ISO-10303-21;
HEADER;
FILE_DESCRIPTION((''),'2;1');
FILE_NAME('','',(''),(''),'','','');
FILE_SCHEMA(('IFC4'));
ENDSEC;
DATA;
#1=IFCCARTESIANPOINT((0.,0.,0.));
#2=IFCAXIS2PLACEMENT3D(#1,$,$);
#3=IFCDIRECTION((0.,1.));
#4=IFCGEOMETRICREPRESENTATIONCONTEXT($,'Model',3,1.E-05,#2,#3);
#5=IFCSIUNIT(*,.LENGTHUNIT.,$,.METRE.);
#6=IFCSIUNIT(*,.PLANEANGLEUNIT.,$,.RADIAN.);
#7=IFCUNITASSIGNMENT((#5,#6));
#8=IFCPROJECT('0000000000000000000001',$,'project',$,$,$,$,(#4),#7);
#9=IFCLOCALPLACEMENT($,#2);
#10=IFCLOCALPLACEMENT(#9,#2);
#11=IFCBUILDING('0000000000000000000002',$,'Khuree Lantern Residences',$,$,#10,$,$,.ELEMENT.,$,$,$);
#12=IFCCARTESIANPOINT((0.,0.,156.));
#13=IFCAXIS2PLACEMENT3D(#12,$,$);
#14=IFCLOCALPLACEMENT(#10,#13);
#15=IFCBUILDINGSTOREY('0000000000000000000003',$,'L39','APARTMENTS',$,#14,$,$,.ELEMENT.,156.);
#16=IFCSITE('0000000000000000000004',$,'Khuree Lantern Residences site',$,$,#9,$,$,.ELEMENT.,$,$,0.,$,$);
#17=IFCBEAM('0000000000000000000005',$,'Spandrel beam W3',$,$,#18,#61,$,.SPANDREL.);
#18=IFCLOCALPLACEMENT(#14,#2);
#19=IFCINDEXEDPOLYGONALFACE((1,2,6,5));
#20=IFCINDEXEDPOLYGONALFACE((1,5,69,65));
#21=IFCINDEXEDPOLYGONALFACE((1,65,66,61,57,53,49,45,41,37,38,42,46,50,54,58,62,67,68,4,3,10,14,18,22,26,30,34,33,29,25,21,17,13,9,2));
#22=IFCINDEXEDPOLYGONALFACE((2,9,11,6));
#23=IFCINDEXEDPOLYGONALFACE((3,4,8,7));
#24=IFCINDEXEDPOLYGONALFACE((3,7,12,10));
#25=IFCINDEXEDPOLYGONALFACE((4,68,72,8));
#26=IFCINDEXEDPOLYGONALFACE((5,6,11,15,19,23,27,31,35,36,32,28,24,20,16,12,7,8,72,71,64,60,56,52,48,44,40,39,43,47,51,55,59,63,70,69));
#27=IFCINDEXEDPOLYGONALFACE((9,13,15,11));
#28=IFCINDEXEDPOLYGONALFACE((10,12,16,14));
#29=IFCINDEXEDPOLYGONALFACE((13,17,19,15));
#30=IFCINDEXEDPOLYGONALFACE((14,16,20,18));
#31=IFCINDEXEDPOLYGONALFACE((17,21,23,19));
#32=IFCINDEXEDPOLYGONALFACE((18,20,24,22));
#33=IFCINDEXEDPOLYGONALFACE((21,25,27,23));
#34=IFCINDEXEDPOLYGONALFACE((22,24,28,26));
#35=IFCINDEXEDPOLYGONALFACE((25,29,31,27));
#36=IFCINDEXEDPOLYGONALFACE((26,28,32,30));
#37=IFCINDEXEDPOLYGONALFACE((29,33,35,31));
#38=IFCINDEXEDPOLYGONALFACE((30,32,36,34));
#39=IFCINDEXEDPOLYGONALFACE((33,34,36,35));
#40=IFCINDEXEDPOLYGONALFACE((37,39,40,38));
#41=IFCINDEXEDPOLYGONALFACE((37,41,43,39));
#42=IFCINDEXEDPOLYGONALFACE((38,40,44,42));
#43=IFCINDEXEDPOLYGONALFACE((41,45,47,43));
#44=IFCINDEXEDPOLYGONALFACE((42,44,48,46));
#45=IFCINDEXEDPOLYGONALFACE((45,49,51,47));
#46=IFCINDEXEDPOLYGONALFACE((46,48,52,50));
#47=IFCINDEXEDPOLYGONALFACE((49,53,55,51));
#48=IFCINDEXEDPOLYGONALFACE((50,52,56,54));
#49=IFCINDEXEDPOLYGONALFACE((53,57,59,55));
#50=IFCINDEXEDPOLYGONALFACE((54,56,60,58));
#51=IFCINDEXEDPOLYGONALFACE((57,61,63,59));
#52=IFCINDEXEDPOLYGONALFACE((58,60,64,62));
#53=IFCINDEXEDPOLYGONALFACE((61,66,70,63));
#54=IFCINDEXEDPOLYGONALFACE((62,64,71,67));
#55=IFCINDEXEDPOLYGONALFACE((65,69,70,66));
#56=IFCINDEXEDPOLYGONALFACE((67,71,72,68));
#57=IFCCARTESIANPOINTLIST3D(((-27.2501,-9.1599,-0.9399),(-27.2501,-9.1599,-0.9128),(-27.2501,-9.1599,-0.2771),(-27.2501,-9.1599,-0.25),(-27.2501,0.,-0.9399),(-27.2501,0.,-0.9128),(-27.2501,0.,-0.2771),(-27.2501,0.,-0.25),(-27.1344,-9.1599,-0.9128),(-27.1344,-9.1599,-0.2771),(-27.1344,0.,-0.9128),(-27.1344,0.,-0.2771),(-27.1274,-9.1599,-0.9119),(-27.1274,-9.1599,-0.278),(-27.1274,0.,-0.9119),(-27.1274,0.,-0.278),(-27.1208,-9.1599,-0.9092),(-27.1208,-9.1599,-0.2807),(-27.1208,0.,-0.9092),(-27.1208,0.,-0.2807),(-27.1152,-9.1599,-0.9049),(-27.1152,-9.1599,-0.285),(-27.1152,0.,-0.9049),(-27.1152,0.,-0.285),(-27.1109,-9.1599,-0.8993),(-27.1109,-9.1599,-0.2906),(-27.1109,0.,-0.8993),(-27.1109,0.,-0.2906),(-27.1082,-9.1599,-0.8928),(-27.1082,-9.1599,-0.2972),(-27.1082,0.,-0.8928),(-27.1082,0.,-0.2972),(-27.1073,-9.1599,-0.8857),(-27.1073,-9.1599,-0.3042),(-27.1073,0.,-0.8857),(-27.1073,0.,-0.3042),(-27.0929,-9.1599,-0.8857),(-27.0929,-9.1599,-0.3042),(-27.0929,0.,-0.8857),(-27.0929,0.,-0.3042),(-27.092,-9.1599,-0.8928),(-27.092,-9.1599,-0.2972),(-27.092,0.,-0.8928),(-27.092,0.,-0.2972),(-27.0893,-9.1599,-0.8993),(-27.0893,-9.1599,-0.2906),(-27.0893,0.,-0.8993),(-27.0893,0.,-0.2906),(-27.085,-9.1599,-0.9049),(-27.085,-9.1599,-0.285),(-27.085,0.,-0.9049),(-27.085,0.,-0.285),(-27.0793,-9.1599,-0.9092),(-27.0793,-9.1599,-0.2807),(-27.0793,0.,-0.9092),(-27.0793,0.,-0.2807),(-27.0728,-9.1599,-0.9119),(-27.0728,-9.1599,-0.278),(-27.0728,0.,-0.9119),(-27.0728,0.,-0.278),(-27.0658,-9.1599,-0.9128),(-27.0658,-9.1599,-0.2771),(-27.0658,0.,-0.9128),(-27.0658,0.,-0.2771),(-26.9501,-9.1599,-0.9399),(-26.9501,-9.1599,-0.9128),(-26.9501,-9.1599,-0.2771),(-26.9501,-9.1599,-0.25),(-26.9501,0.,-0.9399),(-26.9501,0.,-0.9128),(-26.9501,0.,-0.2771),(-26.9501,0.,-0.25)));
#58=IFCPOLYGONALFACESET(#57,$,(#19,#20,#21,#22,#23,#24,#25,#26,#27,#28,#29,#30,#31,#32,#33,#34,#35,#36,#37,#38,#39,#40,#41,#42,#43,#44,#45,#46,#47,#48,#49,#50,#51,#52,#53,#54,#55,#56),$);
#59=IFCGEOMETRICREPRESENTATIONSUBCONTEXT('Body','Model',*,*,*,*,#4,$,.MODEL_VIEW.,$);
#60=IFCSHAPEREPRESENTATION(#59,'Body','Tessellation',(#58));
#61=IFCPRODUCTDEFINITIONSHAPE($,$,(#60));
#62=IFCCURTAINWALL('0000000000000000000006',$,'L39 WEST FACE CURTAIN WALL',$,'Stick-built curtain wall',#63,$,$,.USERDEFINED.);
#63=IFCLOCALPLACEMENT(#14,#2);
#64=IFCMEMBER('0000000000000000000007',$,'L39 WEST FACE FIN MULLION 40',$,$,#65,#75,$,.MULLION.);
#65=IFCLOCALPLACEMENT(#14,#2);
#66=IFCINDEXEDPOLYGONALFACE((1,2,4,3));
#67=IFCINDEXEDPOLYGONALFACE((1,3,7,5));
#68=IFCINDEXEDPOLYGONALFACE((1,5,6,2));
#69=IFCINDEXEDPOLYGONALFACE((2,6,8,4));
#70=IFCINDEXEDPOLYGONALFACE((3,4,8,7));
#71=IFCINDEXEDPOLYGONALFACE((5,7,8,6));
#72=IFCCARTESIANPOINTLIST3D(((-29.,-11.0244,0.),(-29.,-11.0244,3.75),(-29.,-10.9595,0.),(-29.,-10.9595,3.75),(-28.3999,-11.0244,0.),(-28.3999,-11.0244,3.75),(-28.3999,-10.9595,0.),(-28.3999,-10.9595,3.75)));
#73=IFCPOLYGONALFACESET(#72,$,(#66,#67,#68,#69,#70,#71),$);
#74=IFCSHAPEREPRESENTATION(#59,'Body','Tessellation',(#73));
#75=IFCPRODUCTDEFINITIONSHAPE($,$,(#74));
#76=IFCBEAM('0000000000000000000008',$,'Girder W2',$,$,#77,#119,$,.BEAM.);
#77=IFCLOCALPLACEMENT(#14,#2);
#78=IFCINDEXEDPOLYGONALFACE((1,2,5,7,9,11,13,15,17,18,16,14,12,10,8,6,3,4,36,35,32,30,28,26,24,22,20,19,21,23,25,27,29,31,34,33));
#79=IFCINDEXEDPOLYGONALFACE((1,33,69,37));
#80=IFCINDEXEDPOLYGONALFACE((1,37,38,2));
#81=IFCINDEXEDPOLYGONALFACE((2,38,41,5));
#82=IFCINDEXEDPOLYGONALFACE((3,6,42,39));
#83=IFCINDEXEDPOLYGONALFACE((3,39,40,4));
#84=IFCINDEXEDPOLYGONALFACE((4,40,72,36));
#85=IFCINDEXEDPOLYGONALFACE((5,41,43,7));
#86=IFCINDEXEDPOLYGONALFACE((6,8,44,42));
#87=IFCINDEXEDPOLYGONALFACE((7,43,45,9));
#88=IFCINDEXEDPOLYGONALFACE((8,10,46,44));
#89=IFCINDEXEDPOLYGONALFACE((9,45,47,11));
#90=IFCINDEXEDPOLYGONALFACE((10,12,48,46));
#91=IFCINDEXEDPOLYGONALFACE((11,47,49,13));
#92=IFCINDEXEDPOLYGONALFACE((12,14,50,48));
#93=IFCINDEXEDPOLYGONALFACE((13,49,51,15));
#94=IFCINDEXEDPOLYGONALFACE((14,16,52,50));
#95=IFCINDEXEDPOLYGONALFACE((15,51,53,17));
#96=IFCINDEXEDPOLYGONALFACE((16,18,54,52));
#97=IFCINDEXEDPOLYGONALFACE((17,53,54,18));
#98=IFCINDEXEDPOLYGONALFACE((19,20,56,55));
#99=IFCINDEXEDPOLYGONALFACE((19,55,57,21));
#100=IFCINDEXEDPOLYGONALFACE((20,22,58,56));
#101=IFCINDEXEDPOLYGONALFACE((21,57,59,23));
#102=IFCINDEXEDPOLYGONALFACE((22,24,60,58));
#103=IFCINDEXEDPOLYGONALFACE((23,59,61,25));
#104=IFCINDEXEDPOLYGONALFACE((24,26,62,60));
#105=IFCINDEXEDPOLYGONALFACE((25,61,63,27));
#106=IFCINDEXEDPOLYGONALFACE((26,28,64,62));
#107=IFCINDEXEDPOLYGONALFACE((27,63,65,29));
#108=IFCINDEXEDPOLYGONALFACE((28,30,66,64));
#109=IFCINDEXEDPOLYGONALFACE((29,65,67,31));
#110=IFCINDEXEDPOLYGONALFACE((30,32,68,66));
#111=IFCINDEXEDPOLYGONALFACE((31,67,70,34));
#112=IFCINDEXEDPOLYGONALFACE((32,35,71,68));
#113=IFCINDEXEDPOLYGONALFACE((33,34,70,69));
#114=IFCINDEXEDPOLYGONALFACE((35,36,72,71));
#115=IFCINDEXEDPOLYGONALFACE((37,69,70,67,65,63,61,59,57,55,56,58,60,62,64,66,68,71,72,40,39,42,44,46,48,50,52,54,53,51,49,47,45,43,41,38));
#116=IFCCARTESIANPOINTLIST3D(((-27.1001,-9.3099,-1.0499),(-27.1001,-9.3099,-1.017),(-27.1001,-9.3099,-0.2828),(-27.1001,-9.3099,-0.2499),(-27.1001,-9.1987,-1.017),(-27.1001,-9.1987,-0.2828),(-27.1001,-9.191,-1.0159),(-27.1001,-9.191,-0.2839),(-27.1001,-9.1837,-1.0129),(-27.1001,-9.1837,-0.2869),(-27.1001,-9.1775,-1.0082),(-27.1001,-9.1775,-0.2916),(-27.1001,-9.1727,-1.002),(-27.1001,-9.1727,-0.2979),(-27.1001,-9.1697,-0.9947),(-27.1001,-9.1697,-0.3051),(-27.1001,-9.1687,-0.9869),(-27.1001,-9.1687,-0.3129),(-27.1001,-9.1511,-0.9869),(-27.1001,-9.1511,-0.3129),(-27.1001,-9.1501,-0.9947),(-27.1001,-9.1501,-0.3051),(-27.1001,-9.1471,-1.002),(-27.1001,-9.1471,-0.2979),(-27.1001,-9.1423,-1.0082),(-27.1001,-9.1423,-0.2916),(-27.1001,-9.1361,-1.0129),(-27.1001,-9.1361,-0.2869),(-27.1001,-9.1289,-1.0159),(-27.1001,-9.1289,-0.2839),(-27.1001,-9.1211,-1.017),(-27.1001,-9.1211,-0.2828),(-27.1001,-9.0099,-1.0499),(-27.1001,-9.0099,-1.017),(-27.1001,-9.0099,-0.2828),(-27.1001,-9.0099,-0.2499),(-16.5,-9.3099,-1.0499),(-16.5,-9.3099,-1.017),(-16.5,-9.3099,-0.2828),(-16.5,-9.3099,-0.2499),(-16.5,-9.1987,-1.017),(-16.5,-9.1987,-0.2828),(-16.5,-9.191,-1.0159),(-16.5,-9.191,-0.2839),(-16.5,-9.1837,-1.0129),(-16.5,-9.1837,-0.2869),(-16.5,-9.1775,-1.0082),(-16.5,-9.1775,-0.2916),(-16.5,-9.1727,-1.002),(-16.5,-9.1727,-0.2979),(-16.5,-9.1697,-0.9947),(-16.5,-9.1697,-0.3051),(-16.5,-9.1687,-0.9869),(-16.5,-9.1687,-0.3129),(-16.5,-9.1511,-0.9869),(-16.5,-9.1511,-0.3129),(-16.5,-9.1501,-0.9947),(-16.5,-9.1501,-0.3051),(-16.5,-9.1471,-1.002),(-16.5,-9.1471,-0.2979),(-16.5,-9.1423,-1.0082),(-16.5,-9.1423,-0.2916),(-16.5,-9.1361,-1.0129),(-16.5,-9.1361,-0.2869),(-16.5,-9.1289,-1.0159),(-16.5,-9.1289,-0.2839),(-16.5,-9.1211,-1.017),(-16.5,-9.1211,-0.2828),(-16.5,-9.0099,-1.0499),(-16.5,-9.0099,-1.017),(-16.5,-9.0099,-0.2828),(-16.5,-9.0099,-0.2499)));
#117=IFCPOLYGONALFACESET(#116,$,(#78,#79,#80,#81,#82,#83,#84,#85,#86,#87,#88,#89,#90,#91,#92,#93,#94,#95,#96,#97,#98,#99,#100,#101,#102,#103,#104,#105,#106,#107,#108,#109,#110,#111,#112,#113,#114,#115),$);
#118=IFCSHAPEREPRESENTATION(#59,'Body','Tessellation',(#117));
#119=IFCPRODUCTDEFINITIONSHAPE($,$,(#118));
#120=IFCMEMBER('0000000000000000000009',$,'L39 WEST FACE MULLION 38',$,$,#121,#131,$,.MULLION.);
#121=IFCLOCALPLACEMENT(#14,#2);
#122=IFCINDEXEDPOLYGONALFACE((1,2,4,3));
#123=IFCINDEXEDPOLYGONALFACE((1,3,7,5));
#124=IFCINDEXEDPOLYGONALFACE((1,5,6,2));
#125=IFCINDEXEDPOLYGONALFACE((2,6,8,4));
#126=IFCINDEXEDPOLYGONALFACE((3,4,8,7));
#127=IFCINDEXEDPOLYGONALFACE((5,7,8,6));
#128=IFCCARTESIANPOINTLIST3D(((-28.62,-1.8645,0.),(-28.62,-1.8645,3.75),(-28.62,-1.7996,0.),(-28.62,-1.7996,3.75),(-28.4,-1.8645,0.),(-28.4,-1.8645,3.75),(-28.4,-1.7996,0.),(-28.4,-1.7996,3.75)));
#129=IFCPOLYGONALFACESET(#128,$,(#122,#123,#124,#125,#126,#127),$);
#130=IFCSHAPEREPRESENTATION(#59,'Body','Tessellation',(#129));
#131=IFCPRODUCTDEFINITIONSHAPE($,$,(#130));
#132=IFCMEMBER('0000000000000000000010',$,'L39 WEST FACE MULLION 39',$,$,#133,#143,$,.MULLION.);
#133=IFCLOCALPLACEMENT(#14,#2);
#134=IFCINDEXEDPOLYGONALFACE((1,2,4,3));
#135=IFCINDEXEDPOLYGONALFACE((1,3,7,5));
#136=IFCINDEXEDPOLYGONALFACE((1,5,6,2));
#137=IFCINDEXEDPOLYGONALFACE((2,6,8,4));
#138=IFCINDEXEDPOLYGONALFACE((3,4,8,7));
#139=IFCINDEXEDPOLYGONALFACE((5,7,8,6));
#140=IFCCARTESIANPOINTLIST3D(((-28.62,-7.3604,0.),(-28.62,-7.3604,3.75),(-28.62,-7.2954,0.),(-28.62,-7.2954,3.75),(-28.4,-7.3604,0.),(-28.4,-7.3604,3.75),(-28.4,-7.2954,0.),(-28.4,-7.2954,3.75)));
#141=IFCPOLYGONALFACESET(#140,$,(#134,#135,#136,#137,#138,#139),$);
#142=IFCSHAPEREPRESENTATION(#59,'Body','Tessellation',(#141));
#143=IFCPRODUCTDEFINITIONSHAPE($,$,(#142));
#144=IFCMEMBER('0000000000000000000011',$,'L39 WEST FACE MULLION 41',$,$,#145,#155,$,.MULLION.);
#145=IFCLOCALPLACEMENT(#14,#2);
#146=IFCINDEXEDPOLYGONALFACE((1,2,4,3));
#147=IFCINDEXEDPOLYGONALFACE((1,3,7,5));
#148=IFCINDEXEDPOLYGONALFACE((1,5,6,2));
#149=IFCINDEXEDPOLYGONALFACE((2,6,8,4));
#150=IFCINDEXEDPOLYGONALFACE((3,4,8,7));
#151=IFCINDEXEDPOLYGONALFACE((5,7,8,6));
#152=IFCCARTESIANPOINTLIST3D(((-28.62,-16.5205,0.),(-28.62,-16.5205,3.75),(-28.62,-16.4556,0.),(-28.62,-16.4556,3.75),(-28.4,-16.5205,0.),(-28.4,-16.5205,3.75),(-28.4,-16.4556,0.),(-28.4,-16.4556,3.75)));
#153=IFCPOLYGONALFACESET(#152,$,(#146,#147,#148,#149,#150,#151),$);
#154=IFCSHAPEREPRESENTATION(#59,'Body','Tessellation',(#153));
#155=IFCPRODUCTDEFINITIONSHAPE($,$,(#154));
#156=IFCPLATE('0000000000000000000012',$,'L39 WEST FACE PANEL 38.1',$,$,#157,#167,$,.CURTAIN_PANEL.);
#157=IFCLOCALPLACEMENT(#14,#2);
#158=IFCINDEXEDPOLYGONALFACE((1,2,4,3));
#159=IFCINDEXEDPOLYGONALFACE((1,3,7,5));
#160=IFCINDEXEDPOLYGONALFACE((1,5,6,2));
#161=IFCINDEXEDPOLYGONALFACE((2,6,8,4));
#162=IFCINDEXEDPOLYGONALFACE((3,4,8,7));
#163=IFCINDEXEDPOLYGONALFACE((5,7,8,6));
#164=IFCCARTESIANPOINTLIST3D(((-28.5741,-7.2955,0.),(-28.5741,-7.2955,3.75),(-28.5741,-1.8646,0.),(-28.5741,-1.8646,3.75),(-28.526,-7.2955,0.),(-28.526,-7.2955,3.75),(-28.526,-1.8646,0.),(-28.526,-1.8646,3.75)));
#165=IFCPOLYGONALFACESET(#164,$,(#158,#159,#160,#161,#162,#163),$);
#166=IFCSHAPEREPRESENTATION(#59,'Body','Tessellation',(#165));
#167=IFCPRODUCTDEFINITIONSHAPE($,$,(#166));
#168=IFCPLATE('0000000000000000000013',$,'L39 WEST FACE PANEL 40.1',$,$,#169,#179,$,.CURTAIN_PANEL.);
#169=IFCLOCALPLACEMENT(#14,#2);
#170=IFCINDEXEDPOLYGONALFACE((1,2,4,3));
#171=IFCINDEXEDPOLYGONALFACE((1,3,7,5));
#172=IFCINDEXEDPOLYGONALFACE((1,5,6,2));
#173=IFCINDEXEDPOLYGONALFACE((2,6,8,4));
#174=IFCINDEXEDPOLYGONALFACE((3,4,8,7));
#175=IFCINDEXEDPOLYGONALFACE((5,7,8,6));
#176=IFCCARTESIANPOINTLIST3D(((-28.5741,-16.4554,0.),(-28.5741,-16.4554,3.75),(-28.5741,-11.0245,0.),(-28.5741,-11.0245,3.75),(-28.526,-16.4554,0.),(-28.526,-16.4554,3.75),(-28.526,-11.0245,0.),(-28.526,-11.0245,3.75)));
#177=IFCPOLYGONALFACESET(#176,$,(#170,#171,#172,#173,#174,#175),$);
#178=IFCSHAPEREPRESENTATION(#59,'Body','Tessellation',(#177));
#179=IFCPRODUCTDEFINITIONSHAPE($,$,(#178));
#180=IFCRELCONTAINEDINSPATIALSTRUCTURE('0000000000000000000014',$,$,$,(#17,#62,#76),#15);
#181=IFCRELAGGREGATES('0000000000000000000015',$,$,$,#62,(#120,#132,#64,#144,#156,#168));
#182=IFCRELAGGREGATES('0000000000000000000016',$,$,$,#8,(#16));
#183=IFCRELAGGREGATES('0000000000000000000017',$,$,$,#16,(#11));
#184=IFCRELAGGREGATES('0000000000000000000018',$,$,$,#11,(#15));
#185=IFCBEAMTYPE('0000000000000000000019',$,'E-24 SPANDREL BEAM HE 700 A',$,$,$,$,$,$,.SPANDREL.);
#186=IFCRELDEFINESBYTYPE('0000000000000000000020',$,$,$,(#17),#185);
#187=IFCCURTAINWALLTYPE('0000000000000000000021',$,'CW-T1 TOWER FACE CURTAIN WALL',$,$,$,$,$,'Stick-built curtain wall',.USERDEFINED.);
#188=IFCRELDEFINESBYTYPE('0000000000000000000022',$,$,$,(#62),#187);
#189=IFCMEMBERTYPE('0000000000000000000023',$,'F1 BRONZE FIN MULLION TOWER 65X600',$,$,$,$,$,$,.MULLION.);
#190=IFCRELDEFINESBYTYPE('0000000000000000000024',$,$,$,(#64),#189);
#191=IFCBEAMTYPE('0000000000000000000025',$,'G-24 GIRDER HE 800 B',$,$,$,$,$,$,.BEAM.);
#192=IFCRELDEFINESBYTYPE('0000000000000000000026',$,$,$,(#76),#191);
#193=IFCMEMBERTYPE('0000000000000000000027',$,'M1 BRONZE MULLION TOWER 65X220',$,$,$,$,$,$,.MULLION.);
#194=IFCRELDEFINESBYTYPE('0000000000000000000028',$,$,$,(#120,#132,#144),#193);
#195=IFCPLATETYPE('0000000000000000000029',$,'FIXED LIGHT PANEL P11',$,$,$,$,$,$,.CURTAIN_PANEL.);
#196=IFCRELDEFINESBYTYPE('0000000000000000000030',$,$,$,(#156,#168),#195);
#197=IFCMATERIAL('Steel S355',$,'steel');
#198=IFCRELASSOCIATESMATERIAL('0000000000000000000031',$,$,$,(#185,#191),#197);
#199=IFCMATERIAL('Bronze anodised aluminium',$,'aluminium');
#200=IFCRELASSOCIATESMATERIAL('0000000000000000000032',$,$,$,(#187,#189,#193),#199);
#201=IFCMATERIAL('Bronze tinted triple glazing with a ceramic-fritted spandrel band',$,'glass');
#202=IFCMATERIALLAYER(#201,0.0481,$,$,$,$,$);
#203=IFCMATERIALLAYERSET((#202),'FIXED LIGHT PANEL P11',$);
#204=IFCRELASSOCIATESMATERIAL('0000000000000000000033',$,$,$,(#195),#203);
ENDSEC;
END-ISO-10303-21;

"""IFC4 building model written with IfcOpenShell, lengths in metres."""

from ifc_helpers import new_model, si_unit, direction, frame, origin, origin_2d, place, context, subcontext, project, spatial, rectangle, i_section, extrude, material, layer, layer_set, material_profile, profile_set, type_object, element, aggregate, save


model = new_model("IFC4")

# Units and contexts
model_context = context("Model", 3, precision=1e-05, world=origin(), true_north=direction((0.0, 1.0)))
body_context = subcontext(model_context, "Body", "Model", "MODEL_VIEW")
ifc_project = project(units=[si_unit("LENGTHUNIT", "METRE"), si_unit("PLANEANGLEUNIT", "RADIAN")], contexts=[model_context])

# Site, building, storey
site_placement = place(None, origin())
site = spatial("IfcSite", under=ifc_project, at=site_placement, Name="Khuree Lantern Residences site", CompositionType="ELEMENT", RefElevation=0.0)
building_placement = place(site_placement, origin())
building = spatial("IfcBuilding", under=site, at=building_placement, Name="Khuree Lantern Residences", CompositionType="ELEMENT")
storey_placement = place(building_placement, frame((0.0, 0.0, 156.0)))
storey = spatial("IfcBuildingStorey", under=building, at=storey_placement, Name="L39", Description="APARTMENTS", CompositionType="ELEMENT", Elevation=156.0)

# Beam
ifc_material_1 = material(Name="Steel S355", Category="steel")
ifc_material_profile_1 = material_profile(ifc_material_1, i_section(OverallWidth=0.3, OverallDepth=0.6899, WebThickness=0.0144, FlangeThickness=0.0271, FilletRadius=0.0271, at=origin_2d()), Name="HE 700 A")
ifc_profile_set_1 = profile_set([ifc_material_profile_1], Name="Steel S355")
beam_type_1 = type_object("IfcBeamType", Name="E-24 SPANDREL BEAM HE 700 A", PredefinedType="SPANDREL", material=ifc_profile_set_1)
beam_1_placement = place(storey_placement, frame((-27.1001, -9.1599, -0.595), z_axis=(0.0, 1.0, 0.0), x_axis=(-1.0, 0.0, 0.0)))
element("IfcBeam", 1, at=beam_1_placement, inside=storey, type_object=beam_type_1, Name="Spandrel beam W3", PredefinedType="SPANDREL", context=body_context, shape_type="SweptSolid", body=[
    extrude(i_section(OverallWidth=0.3, OverallDepth=0.6899, WebThickness=0.0144, FlangeThickness=0.0271, FilletRadius=0.0271, at=origin_2d()), origin(), (0.0, 0.0, 1.0), 9.1599),
])

# Curtain wall, member
ifc_material_2 = material(Name="Bronze anodised aluminium", Category="aluminium")
curtain_wall_type = type_object("IfcCurtainWallType", Name="CW-T1 TOWER FACE CURTAIN WALL", ElementType="Stick-built curtain wall", PredefinedType="USERDEFINED", material=ifc_material_2)
curtain_wall_placement = place(storey_placement, origin())
curtain_wall = element("IfcCurtainWall", 2, at=curtain_wall_placement, inside=storey, type_object=curtain_wall_type, Name="L39 WEST FACE CURTAIN WALL", ObjectType="Stick-built curtain wall", PredefinedType="USERDEFINED")
ifc_material_profile_2 = material_profile(ifc_material_2, rectangle(XDim=0.0649, YDim=0.6001, at=origin_2d()), Name="F1 65X600")
ifc_profile_set_2 = profile_set([ifc_material_profile_2], Name="Bronze anodised aluminium")
member_type_1 = type_object("IfcMemberType", Name="F1 BRONZE FIN MULLION TOWER 65X600", PredefinedType="MULLION", material=ifc_profile_set_2)
member_1_placement = place(storey_placement, frame((-28.7, -10.9919, 0.0), z_axis=(0.0, 0.0, 1.0), x_axis=(0.0, -1.0, 0.0)))
member_1 = element("IfcMember", 3, at=member_1_placement, type_object=member_type_1, Name="L39 WEST FACE FIN MULLION 40", PredefinedType="MULLION", context=body_context, shape_type="SweptSolid", body=[
    extrude(rectangle(XDim=0.0649, YDim=0.6001, at=origin_2d()), origin(), (0.0, 0.0, 1.0), 3.75),
])

# Beam
ifc_material_profile_3 = material_profile(ifc_material_1, i_section(OverallWidth=0.3, OverallDepth=0.8, WebThickness=0.0176, FlangeThickness=0.033, FilletRadius=0.03, at=origin_2d()), Name="HE 800 B")
ifc_profile_set_3 = profile_set([ifc_material_profile_3], Name="Steel S355")
beam_type_2 = type_object("IfcBeamType", Name="G-24 GIRDER HE 800 B", PredefinedType="BEAM", material=ifc_profile_set_3)
beam_2_placement = place(storey_placement, frame((-27.1001, -9.1599, -0.6499), z_axis=(1.0, 0.0, 0.0), x_axis=(0.0, 1.0, 0.0)))
element("IfcBeam", 4, at=beam_2_placement, inside=storey, type_object=beam_type_2, Name="Girder W2", PredefinedType="BEAM", context=body_context, shape_type="SweptSolid", body=[
    extrude(i_section(OverallWidth=0.3, OverallDepth=0.8, WebThickness=0.0176, FlangeThickness=0.033, FilletRadius=0.03, at=origin_2d()), origin(), (0.0, 0.0, 1.0), 10.6001),
])

# Members
ifc_material_profile_4 = material_profile(ifc_material_2, rectangle(XDim=0.0649, YDim=0.22, at=origin_2d()), Name="M1 65X220")
ifc_profile_set_4 = profile_set([ifc_material_profile_4], Name="Bronze anodised aluminium")
member_type_2 = type_object("IfcMemberType", Name="M1 BRONZE MULLION TOWER 65X220", PredefinedType="MULLION", material=ifc_profile_set_4)
member_2_placement = place(storey_placement, frame((-28.51, -1.832, 0.0), z_axis=(0.0, 0.0, 1.0), x_axis=(0.0, -1.0, 0.0)))
member_2 = element("IfcMember", 5, at=member_2_placement, type_object=member_type_2, Name="L39 WEST FACE MULLION 38", PredefinedType="MULLION", context=body_context, shape_type="SweptSolid", body=[
    extrude(rectangle(XDim=0.0649, YDim=0.22, at=origin_2d()), origin(), (0.0, 0.0, 1.0), 3.75),
])
member_3_placement = place(storey_placement, frame((-28.51, -7.3279, 0.0), z_axis=(0.0, 0.0, 1.0), x_axis=(0.0, -1.0, 0.0)))
member_3 = element("IfcMember", 6, at=member_3_placement, type_object=member_type_2, Name="L39 WEST FACE MULLION 39", PredefinedType="MULLION", context=body_context, shape_type="SweptSolid", body=[
    extrude(rectangle(XDim=0.0649, YDim=0.22, at=origin_2d()), origin(), (0.0, 0.0, 1.0), 3.75),
])
member_4_placement = place(storey_placement, frame((-28.51, -16.488, 0.0), z_axis=(0.0, 0.0, 1.0), x_axis=(0.0, -1.0, 0.0)))
member_4 = element("IfcMember", 7, at=member_4_placement, type_object=member_type_2, Name="L39 WEST FACE MULLION 41", PredefinedType="MULLION", context=body_context, shape_type="SweptSolid", body=[
    extrude(rectangle(XDim=0.0649, YDim=0.22, at=origin_2d()), origin(), (0.0, 0.0, 1.0), 3.75),
])

# Plates
ifc_material_3 = material(Name="Bronze tinted triple glazing with a ceramic-fritted spandrel band", Category="glass")
ifc_layer_1 = layer(ifc_material_3, 0.0481)
ifc_layer_set_1 = layer_set([ifc_layer_1], Name="FIXED LIGHT PANEL P11")
plate_type_1 = type_object("IfcPlateType", Name="FIXED LIGHT PANEL P11", PredefinedType="CURTAIN_PANEL", material=ifc_layer_set_1)
plate_1_placement = place(storey_placement, frame((-28.55, -4.5801, 0.0), z_axis=(0.0, 0.0, 1.0), x_axis=(0.0, -1.0, 0.0)))
plate_1 = element("IfcPlate", 8, at=plate_1_placement, type_object=plate_type_1, Name="L39 WEST FACE PANEL 38.1", PredefinedType="CURTAIN_PANEL", context=body_context, shape_type="SweptSolid", body=[
    extrude(rectangle(XDim=5.4309, YDim=0.0481, at=origin_2d()), origin(), (0.0, 0.0, 1.0), 3.75),
])
plate_2_placement = place(storey_placement, frame((-28.55, -13.74, 0.0), z_axis=(0.0, 0.0, 1.0), x_axis=(0.0, -1.0, 0.0)))
plate_2 = element("IfcPlate", 9, at=plate_2_placement, type_object=plate_type_1, Name="L39 WEST FACE PANEL 40.1", PredefinedType="CURTAIN_PANEL", context=body_context, shape_type="SweptSolid", body=[
    extrude(rectangle(XDim=5.4309, YDim=0.0481, at=origin_2d()), origin(), (0.0, 0.0, 1.0), 3.75),
])
aggregate(curtain_wall, [member_2, member_3, member_1, member_4, plate_1, plate_2])

save(model, "model.ifc")
